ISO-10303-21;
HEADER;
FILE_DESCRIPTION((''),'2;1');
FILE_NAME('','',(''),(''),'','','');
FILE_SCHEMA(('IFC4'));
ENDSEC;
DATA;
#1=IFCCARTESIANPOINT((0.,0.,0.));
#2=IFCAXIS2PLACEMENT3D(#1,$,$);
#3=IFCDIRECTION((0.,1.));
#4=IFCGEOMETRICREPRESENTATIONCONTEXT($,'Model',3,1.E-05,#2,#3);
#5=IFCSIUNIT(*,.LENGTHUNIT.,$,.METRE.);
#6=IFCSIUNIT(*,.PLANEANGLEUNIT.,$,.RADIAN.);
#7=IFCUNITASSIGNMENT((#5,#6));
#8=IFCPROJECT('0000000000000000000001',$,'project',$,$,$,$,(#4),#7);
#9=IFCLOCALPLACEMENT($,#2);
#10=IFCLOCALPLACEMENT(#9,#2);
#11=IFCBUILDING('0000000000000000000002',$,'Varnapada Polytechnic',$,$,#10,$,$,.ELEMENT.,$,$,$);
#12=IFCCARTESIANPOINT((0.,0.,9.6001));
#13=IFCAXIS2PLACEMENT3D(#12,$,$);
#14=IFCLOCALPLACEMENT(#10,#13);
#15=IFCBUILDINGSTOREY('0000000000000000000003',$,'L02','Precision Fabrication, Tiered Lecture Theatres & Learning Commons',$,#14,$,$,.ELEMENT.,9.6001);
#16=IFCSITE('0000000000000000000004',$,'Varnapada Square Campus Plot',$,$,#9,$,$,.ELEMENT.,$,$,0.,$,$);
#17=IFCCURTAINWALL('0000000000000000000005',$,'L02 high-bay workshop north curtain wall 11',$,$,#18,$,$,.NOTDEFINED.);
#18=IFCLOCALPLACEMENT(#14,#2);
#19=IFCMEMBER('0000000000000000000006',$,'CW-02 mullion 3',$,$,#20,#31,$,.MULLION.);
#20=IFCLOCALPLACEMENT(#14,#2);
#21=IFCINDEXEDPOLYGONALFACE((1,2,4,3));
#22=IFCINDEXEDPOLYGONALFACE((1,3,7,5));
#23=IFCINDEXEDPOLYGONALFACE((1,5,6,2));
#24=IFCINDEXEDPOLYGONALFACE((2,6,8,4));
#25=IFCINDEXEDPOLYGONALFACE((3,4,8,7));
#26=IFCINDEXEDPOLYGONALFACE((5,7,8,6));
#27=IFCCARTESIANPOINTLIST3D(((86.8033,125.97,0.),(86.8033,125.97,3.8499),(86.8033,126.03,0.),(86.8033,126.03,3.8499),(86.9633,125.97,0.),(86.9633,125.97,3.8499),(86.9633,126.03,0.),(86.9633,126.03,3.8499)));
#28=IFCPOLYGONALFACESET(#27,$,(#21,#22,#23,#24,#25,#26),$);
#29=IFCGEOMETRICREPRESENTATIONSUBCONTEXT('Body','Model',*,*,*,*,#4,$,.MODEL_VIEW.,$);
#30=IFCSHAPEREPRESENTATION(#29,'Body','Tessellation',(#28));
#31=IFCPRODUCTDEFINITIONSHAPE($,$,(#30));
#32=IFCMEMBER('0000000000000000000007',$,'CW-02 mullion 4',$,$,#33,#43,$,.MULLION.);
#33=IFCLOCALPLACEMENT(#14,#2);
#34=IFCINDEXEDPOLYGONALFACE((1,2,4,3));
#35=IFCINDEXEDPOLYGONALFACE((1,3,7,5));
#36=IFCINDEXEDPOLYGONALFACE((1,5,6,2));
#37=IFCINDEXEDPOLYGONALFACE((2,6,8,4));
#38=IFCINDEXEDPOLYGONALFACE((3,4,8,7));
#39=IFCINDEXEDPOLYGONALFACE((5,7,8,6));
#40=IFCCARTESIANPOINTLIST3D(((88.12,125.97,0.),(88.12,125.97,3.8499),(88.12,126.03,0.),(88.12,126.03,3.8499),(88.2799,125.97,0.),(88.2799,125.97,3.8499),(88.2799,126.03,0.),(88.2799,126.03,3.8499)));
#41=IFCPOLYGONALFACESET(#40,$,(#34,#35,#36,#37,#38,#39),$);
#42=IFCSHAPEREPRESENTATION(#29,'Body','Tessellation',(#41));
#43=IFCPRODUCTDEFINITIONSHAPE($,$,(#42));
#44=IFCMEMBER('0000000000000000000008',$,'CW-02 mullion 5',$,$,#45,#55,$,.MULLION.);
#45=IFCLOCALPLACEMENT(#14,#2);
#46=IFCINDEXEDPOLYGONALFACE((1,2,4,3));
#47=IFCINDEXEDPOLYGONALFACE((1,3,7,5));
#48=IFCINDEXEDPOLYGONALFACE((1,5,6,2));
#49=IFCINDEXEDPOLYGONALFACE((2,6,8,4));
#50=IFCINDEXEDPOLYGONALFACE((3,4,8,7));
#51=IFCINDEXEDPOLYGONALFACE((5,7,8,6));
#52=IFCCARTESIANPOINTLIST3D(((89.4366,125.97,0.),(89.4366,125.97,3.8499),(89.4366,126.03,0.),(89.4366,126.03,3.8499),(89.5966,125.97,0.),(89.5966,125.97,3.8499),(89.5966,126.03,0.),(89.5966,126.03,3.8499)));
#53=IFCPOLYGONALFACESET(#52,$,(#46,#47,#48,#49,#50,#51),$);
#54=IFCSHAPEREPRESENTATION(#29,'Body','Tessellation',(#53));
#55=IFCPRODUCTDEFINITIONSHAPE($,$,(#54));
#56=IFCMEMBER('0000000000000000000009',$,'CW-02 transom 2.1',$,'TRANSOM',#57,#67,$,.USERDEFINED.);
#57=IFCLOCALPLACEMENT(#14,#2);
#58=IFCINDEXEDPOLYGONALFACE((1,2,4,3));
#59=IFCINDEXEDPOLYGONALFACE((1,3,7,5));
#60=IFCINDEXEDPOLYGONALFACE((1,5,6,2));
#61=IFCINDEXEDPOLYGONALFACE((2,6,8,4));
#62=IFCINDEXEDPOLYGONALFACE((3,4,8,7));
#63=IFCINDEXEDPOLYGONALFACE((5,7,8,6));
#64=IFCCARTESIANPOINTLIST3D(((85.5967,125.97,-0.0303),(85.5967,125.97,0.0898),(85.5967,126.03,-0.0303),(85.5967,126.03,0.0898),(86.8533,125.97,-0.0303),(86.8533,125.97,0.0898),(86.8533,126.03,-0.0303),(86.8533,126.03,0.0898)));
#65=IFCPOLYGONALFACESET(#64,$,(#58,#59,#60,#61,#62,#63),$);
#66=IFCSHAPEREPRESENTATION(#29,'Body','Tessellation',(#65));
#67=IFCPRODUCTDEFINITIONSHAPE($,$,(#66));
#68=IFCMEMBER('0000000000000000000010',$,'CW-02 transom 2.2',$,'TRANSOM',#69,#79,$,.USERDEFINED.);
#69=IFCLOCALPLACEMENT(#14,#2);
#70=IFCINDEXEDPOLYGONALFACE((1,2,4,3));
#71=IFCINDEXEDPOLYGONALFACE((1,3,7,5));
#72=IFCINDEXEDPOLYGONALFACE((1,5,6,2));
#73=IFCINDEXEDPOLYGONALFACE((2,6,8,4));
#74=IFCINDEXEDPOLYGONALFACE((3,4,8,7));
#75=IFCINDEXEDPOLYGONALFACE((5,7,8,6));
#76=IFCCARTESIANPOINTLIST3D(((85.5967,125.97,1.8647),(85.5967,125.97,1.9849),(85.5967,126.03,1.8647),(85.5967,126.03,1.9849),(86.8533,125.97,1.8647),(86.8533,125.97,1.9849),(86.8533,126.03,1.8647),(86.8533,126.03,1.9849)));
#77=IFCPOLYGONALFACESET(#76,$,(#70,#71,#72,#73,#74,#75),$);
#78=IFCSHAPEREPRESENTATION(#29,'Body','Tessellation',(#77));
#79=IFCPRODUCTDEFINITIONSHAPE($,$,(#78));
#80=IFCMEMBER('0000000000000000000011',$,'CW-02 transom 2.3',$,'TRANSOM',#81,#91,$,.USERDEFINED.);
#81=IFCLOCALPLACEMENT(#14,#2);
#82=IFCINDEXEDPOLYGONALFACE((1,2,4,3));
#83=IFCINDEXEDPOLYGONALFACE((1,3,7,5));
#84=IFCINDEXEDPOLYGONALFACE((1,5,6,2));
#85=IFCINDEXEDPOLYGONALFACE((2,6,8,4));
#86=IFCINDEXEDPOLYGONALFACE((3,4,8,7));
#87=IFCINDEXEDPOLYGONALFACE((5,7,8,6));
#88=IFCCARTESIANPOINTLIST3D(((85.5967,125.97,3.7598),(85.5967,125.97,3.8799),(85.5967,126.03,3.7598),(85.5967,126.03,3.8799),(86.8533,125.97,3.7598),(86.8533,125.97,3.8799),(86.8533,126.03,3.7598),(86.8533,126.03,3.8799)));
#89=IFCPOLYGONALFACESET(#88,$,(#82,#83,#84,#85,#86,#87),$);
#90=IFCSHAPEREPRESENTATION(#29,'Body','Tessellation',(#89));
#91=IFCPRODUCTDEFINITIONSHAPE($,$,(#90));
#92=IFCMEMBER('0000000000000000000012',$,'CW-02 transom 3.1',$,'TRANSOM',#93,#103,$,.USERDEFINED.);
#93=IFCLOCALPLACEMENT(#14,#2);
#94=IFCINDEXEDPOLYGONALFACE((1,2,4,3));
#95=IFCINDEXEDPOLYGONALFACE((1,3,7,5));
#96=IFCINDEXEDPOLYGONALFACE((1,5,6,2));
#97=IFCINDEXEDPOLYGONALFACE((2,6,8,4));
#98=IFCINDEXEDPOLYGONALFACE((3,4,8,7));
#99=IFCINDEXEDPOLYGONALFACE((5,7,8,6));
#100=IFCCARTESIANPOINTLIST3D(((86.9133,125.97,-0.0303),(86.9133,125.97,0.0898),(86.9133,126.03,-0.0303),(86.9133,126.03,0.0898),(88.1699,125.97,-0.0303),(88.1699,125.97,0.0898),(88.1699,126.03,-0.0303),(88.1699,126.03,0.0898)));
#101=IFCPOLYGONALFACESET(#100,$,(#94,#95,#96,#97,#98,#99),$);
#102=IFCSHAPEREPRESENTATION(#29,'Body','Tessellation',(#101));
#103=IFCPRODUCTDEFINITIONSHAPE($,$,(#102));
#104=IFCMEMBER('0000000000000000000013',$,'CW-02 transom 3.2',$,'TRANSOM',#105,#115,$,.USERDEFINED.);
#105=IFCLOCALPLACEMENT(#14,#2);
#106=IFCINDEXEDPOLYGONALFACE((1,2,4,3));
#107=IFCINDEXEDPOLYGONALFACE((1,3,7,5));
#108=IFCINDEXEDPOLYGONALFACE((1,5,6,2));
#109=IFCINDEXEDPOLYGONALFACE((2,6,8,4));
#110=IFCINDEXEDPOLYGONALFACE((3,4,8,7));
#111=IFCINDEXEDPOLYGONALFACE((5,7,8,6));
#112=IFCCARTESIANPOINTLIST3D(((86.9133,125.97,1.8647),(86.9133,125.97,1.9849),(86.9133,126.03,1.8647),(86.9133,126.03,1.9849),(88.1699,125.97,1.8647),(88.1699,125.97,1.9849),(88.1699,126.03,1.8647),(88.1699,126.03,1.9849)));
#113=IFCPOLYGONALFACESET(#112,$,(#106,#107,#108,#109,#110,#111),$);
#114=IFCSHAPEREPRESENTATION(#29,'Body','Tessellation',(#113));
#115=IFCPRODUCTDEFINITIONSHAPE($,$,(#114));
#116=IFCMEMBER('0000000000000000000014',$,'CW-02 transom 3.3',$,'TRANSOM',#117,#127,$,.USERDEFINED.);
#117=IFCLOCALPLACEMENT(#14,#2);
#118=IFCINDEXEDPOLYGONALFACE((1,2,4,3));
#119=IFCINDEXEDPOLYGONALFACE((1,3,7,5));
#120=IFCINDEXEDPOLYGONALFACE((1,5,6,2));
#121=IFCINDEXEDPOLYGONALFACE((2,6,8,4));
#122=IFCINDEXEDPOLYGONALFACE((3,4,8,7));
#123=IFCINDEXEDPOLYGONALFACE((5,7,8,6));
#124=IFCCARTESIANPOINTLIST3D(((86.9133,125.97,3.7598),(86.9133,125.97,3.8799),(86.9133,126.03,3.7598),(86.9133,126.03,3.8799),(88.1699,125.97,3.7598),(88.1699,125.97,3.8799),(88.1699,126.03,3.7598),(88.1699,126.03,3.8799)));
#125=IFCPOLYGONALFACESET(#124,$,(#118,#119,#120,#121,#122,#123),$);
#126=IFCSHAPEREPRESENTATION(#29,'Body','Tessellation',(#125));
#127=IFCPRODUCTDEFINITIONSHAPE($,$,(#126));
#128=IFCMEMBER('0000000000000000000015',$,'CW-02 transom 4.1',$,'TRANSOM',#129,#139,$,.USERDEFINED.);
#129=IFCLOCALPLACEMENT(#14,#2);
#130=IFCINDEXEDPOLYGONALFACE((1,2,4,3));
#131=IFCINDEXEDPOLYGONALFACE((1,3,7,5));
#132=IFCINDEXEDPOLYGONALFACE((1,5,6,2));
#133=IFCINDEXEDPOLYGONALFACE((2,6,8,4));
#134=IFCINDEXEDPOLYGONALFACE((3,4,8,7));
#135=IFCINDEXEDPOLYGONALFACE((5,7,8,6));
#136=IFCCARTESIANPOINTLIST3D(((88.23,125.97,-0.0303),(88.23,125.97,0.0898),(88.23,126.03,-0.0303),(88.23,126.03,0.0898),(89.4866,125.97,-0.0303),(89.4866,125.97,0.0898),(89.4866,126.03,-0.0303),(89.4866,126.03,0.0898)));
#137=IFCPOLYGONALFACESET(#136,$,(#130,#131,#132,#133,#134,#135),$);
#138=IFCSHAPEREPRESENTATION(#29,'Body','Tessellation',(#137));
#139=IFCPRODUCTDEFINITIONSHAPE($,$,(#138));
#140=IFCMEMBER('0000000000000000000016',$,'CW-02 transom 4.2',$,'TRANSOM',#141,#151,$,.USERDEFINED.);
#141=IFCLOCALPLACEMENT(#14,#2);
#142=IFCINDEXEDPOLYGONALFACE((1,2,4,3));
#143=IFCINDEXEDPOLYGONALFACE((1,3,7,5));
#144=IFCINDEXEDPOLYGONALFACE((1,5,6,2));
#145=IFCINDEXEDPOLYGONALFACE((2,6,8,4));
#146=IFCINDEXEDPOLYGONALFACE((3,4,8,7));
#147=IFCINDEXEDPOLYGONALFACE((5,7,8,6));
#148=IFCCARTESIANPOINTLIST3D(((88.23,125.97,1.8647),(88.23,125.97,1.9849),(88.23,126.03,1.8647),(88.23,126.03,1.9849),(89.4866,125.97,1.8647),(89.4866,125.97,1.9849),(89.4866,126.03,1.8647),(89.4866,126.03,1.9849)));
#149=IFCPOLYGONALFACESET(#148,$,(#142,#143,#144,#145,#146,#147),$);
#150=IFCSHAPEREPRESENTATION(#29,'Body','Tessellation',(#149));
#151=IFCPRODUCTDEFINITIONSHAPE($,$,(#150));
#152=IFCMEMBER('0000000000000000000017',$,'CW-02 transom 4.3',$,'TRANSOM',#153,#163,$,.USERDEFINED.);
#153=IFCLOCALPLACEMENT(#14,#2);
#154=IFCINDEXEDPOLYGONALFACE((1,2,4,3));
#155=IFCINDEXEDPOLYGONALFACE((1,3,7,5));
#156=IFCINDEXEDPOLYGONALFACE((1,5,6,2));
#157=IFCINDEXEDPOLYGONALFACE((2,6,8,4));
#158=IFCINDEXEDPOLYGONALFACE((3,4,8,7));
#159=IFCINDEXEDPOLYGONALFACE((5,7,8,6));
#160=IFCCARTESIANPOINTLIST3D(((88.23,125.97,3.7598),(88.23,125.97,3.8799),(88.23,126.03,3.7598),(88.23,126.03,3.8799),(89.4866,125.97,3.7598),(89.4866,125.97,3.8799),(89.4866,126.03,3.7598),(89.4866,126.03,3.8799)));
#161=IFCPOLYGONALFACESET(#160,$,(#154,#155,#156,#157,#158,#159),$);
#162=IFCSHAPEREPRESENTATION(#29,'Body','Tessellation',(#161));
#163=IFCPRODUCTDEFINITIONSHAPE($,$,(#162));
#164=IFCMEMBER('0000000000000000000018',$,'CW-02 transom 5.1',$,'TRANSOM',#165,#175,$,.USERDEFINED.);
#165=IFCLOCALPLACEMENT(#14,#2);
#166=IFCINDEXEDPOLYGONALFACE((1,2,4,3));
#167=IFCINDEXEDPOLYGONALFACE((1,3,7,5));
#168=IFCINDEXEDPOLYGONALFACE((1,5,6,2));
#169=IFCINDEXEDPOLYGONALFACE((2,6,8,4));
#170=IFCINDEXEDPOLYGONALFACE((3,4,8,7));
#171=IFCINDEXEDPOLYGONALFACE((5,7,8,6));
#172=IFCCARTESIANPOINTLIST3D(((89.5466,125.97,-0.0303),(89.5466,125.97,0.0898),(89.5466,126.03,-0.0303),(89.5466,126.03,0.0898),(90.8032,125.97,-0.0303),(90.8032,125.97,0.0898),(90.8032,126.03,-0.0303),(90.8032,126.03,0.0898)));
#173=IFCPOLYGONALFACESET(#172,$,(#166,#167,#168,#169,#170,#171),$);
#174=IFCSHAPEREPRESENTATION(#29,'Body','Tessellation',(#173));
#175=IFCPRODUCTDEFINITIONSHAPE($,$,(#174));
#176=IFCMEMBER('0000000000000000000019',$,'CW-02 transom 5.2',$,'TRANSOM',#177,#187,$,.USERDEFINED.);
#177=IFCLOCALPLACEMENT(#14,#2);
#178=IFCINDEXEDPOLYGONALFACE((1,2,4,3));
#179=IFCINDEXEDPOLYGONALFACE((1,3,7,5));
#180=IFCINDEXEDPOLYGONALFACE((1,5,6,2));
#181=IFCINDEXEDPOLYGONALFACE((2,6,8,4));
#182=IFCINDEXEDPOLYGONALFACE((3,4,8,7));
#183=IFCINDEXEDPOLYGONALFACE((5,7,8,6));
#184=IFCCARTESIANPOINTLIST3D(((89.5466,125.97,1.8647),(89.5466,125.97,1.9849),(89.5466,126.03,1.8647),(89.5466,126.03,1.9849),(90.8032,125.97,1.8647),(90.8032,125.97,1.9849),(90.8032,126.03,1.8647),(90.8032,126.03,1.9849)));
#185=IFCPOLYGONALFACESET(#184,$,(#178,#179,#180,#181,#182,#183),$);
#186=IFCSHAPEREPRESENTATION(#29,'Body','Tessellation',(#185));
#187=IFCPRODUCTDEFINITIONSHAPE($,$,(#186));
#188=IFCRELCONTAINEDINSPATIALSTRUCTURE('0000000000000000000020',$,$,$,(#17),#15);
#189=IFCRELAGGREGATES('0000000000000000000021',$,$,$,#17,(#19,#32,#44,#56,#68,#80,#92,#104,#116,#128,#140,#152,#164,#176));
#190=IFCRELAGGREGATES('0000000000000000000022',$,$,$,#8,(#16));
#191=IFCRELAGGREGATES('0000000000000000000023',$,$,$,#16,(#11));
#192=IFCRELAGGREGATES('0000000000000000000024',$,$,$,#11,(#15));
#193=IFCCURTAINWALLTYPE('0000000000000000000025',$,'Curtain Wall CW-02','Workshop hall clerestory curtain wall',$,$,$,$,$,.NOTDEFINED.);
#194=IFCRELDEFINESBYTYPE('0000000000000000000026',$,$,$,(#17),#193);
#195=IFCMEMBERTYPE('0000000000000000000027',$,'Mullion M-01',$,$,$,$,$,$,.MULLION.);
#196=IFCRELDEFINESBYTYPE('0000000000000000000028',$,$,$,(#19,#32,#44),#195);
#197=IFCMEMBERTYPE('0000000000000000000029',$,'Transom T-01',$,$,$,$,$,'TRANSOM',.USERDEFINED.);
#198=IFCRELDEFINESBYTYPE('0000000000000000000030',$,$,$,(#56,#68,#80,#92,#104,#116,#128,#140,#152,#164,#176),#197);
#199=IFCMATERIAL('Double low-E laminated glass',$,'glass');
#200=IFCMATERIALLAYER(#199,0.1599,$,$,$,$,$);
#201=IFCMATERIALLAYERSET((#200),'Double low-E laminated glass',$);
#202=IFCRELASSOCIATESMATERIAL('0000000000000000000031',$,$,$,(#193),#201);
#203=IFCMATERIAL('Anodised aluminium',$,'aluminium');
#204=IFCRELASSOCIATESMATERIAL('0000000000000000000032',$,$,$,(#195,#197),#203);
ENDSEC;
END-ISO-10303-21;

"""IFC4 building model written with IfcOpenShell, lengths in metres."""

from ifc_helpers import new_model, si_unit, direction, frame, origin, origin_2d, place, context, subcontext, project, spatial, rectangle, extrude, material, layer, layer_set, material_profile, profile_set, type_object, element, aggregate, save


model = new_model("IFC4")

# Units and contexts
model_context = context("Model", 3, precision=1e-05, world=origin(), true_north=direction((0.0, 1.0)))
body_context = subcontext(model_context, "Body", "Model", "MODEL_VIEW")
ifc_project = project(units=[si_unit("LENGTHUNIT", "METRE"), si_unit("PLANEANGLEUNIT", "RADIAN")], contexts=[model_context])

# Site, building, storey
site_placement = place(None, origin())
site = spatial("IfcSite", under=ifc_project, at=site_placement, Name="Varnapada Square Campus Plot", CompositionType="ELEMENT", RefElevation=0.0)
building_placement = place(site_placement, origin())
building = spatial("IfcBuilding", under=site, at=building_placement, Name="Varnapada Polytechnic", CompositionType="ELEMENT")
storey_placement = place(building_placement, frame((0.0, 0.0, 9.6001)))
storey = spatial("IfcBuildingStorey", under=building, at=storey_placement, Name="L02", Description="Precision Fabrication, Tiered Lecture Theatres & Learning Commons", CompositionType="ELEMENT", Elevation=9.6001)

# Curtain wall, members
ifc_material_1 = material(Name="Double low-E laminated glass", Category="glass")
ifc_layer_1 = layer(ifc_material_1, 0.1599)
ifc_layer_set_1 = layer_set([ifc_layer_1], Name="Double low-E laminated glass")
curtain_wall_type = type_object("IfcCurtainWallType", Name="Curtain Wall CW-02", Description="Workshop hall clerestory curtain wall", PredefinedType="NOTDEFINED", material=ifc_layer_set_1)
curtain_wall_placement = place(storey_placement, origin())
curtain_wall = element("IfcCurtainWall", 1, at=curtain_wall_placement, inside=storey, type_object=curtain_wall_type, Name="L02 high-bay workshop north curtain wall 11", PredefinedType="NOTDEFINED")
ifc_material_2 = material(Name="Anodised aluminium", Category="aluminium")
ifc_material_profile_1 = material_profile(ifc_material_2, rectangle(XDim=0.0601, YDim=0.1599, at=origin_2d()), Name="ALU M60x160")
ifc_profile_set_1 = profile_set([ifc_material_profile_1], Name="Anodised aluminium")
member_type_1 = type_object("IfcMemberType", Name="Mullion M-01", PredefinedType="MULLION", material=ifc_profile_set_1)
member_1_placement = place(storey_placement, frame((86.8833, 126.0, 0.0), z_axis=(0.0, 0.0, 1.0), x_axis=(0.0, 1.0, 0.0)))
member_1 = element("IfcMember", 2, at=member_1_placement, type_object=member_type_1, Name="CW-02 mullion 3", PredefinedType="MULLION", context=body_context, shape_type="SweptSolid", body=[
    extrude(rectangle(XDim=0.0601, YDim=0.1599, at=origin_2d()), origin(), (0.0, 0.0, 1.0), 3.8499),
])
member_2_placement = place(storey_placement, frame((88.2, 126.0, 0.0), z_axis=(0.0, 0.0, 1.0), x_axis=(0.0, 1.0, 0.0)))
member_2 = element("IfcMember", 3, at=member_2_placement, type_object=member_type_1, Name="CW-02 mullion 4", PredefinedType="MULLION", context=body_context, shape_type="SweptSolid", body=[
    extrude(rectangle(XDim=0.0601, YDim=0.1599, at=origin_2d()), origin(), (0.0, 0.0, 1.0), 3.8499),
])
member_3_placement = place(storey_placement, frame((89.5166, 126.0, 0.0), z_axis=(0.0, 0.0, 1.0), x_axis=(0.0, 1.0, 0.0)))
member_3 = element("IfcMember", 4, at=member_3_placement, type_object=member_type_1, Name="CW-02 mullion 5", PredefinedType="MULLION", context=body_context, shape_type="SweptSolid", body=[
    extrude(rectangle(XDim=0.0601, YDim=0.1599, at=origin_2d()), origin(), (0.0, 0.0, 1.0), 3.8499),
])
ifc_material_profile_2 = material_profile(ifc_material_2, rectangle(XDim=0.0601, YDim=0.1201, at=origin_2d()), Name="ALU T60x120")
ifc_profile_set_2 = profile_set([ifc_material_profile_2], Name="Anodised aluminium")
member_type_2 = type_object("IfcMemberType", Name="Transom T-01", ElementType="TRANSOM", PredefinedType="USERDEFINED", material=ifc_profile_set_2)
member_4_placement = place(storey_placement, frame((85.5967, 126.0, 0.0298), z_axis=(1.0, 0.0, 0.0), x_axis=(0.0, 1.0, 0.0)))
member_4 = element("IfcMember", 5, at=member_4_placement, type_object=member_type_2, Name="CW-02 transom 2.1", ObjectType="TRANSOM", PredefinedType="USERDEFINED", context=body_context, shape_type="SweptSolid", body=[
    extrude(rectangle(XDim=0.0601, YDim=0.1201, at=origin_2d()), origin(), (0.0, 0.0, 1.0), 1.2566),
])
member_5_placement = place(storey_placement, frame((85.5967, 126.0, 1.9248), z_axis=(1.0, 0.0, 0.0), x_axis=(0.0, 1.0, 0.0)))
member_5 = element("IfcMember", 6, at=member_5_placement, type_object=member_type_2, Name="CW-02 transom 2.2", ObjectType="TRANSOM", PredefinedType="USERDEFINED", context=body_context, shape_type="SweptSolid", body=[
    extrude(rectangle(XDim=0.0601, YDim=0.1201, at=origin_2d()), origin(), (0.0, 0.0, 1.0), 1.2566),
])
member_6_placement = place(storey_placement, frame((85.5967, 126.0, 3.8198), z_axis=(1.0, 0.0, 0.0), x_axis=(0.0, 1.0, 0.0)))
member_6 = element("IfcMember", 7, at=member_6_placement, type_object=member_type_2, Name="CW-02 transom 2.3", ObjectType="TRANSOM", PredefinedType="USERDEFINED", context=body_context, shape_type="SweptSolid", body=[
    extrude(rectangle(XDim=0.0601, YDim=0.1201, at=origin_2d()), origin(), (0.0, 0.0, 1.0), 1.2566),
])
member_7_placement = place(storey_placement, frame((86.9133, 126.0, 0.0298), z_axis=(1.0, 0.0, 0.0), x_axis=(0.0, 1.0, 0.0)))
member_7 = element("IfcMember", 8, at=member_7_placement, type_object=member_type_2, Name="CW-02 transom 3.1", ObjectType="TRANSOM", PredefinedType="USERDEFINED", context=body_context, shape_type="SweptSolid", body=[
    extrude(rectangle(XDim=0.0601, YDim=0.1201, at=origin_2d()), origin(), (0.0, 0.0, 1.0), 1.2566),
])
member_8_placement = place(storey_placement, frame((86.9133, 126.0, 1.9248), z_axis=(1.0, 0.0, 0.0), x_axis=(0.0, 1.0, 0.0)))
member_8 = element("IfcMember", 9, at=member_8_placement, type_object=member_type_2, Name="CW-02 transom 3.2", ObjectType="TRANSOM", PredefinedType="USERDEFINED", context=body_context, shape_type="SweptSolid", body=[
    extrude(rectangle(XDim=0.0601, YDim=0.1201, at=origin_2d()), origin(), (0.0, 0.0, 1.0), 1.2566),
])
member_9_placement = place(storey_placement, frame((86.9133, 126.0, 3.8198), z_axis=(1.0, 0.0, 0.0), x_axis=(0.0, 1.0, 0.0)))
member_9 = element("IfcMember", 10, at=member_9_placement, type_object=member_type_2, Name="CW-02 transom 3.3", ObjectType="TRANSOM", PredefinedType="USERDEFINED", context=body_context, shape_type="SweptSolid", body=[
    extrude(rectangle(XDim=0.0601, YDim=0.1201, at=origin_2d()), origin(), (0.0, 0.0, 1.0), 1.2566),
])
member_10_placement = place(storey_placement, frame((88.23, 126.0, 0.0298), z_axis=(1.0, 0.0, 0.0), x_axis=(0.0, 1.0, 0.0)))
member_10 = element("IfcMember", 11, at=member_10_placement, type_object=member_type_2, Name="CW-02 transom 4.1", ObjectType="TRANSOM", PredefinedType="USERDEFINED", context=body_context, shape_type="SweptSolid", body=[
    extrude(rectangle(XDim=0.0601, YDim=0.1201, at=origin_2d()), origin(), (0.0, 0.0, 1.0), 1.2566),
])
member_11_placement = place(storey_placement, frame((88.23, 126.0, 1.9248), z_axis=(1.0, 0.0, 0.0), x_axis=(0.0, 1.0, 0.0)))
member_11 = element("IfcMember", 12, at=member_11_placement, type_object=member_type_2, Name="CW-02 transom 4.2", ObjectType="TRANSOM", PredefinedType="USERDEFINED", context=body_context, shape_type="SweptSolid", body=[
    extrude(rectangle(XDim=0.0601, YDim=0.1201, at=origin_2d()), origin(), (0.0, 0.0, 1.0), 1.2566),
])
member_12_placement = place(storey_placement, frame((88.23, 126.0, 3.8198), z_axis=(1.0, 0.0, 0.0), x_axis=(0.0, 1.0, 0.0)))
member_12 = element("IfcMember", 13, at=member_12_placement, type_object=member_type_2, Name="CW-02 transom 4.3", ObjectType="TRANSOM", PredefinedType="USERDEFINED", context=body_context, shape_type="SweptSolid", body=[
    extrude(rectangle(XDim=0.0601, YDim=0.1201, at=origin_2d()), origin(), (0.0, 0.0, 1.0), 1.2566),
])
member_13_placement = place(storey_placement, frame((89.5466, 126.0, 0.0298), z_axis=(1.0, 0.0, 0.0), x_axis=(0.0, 1.0, 0.0)))
member_13 = element("IfcMember", 14, at=member_13_placement, type_object=member_type_2, Name="CW-02 transom 5.1", ObjectType="TRANSOM", PredefinedType="USERDEFINED", context=body_context, shape_type="SweptSolid", body=[
    extrude(rectangle(XDim=0.0601, YDim=0.1201, at=origin_2d()), origin(), (0.0, 0.0, 1.0), 1.2566),
])
member_14_placement = place(storey_placement, frame((89.5466, 126.0, 1.9248), z_axis=(1.0, 0.0, 0.0), x_axis=(0.0, 1.0, 0.0)))
member_14 = element("IfcMember", 15, at=member_14_placement, type_object=member_type_2, Name="CW-02 transom 5.2", ObjectType="TRANSOM", PredefinedType="USERDEFINED", context=body_context, shape_type="SweptSolid", body=[
    extrude(rectangle(XDim=0.0601, YDim=0.1201, at=origin_2d()), origin(), (0.0, 0.0, 1.0), 1.2566),
])
aggregate(curtain_wall, [member_1, member_2, member_3, member_4, member_5, member_6, member_7, member_8, member_9, member_10, member_11, member_12, member_13, member_14])

save(model, "model.ifc")
